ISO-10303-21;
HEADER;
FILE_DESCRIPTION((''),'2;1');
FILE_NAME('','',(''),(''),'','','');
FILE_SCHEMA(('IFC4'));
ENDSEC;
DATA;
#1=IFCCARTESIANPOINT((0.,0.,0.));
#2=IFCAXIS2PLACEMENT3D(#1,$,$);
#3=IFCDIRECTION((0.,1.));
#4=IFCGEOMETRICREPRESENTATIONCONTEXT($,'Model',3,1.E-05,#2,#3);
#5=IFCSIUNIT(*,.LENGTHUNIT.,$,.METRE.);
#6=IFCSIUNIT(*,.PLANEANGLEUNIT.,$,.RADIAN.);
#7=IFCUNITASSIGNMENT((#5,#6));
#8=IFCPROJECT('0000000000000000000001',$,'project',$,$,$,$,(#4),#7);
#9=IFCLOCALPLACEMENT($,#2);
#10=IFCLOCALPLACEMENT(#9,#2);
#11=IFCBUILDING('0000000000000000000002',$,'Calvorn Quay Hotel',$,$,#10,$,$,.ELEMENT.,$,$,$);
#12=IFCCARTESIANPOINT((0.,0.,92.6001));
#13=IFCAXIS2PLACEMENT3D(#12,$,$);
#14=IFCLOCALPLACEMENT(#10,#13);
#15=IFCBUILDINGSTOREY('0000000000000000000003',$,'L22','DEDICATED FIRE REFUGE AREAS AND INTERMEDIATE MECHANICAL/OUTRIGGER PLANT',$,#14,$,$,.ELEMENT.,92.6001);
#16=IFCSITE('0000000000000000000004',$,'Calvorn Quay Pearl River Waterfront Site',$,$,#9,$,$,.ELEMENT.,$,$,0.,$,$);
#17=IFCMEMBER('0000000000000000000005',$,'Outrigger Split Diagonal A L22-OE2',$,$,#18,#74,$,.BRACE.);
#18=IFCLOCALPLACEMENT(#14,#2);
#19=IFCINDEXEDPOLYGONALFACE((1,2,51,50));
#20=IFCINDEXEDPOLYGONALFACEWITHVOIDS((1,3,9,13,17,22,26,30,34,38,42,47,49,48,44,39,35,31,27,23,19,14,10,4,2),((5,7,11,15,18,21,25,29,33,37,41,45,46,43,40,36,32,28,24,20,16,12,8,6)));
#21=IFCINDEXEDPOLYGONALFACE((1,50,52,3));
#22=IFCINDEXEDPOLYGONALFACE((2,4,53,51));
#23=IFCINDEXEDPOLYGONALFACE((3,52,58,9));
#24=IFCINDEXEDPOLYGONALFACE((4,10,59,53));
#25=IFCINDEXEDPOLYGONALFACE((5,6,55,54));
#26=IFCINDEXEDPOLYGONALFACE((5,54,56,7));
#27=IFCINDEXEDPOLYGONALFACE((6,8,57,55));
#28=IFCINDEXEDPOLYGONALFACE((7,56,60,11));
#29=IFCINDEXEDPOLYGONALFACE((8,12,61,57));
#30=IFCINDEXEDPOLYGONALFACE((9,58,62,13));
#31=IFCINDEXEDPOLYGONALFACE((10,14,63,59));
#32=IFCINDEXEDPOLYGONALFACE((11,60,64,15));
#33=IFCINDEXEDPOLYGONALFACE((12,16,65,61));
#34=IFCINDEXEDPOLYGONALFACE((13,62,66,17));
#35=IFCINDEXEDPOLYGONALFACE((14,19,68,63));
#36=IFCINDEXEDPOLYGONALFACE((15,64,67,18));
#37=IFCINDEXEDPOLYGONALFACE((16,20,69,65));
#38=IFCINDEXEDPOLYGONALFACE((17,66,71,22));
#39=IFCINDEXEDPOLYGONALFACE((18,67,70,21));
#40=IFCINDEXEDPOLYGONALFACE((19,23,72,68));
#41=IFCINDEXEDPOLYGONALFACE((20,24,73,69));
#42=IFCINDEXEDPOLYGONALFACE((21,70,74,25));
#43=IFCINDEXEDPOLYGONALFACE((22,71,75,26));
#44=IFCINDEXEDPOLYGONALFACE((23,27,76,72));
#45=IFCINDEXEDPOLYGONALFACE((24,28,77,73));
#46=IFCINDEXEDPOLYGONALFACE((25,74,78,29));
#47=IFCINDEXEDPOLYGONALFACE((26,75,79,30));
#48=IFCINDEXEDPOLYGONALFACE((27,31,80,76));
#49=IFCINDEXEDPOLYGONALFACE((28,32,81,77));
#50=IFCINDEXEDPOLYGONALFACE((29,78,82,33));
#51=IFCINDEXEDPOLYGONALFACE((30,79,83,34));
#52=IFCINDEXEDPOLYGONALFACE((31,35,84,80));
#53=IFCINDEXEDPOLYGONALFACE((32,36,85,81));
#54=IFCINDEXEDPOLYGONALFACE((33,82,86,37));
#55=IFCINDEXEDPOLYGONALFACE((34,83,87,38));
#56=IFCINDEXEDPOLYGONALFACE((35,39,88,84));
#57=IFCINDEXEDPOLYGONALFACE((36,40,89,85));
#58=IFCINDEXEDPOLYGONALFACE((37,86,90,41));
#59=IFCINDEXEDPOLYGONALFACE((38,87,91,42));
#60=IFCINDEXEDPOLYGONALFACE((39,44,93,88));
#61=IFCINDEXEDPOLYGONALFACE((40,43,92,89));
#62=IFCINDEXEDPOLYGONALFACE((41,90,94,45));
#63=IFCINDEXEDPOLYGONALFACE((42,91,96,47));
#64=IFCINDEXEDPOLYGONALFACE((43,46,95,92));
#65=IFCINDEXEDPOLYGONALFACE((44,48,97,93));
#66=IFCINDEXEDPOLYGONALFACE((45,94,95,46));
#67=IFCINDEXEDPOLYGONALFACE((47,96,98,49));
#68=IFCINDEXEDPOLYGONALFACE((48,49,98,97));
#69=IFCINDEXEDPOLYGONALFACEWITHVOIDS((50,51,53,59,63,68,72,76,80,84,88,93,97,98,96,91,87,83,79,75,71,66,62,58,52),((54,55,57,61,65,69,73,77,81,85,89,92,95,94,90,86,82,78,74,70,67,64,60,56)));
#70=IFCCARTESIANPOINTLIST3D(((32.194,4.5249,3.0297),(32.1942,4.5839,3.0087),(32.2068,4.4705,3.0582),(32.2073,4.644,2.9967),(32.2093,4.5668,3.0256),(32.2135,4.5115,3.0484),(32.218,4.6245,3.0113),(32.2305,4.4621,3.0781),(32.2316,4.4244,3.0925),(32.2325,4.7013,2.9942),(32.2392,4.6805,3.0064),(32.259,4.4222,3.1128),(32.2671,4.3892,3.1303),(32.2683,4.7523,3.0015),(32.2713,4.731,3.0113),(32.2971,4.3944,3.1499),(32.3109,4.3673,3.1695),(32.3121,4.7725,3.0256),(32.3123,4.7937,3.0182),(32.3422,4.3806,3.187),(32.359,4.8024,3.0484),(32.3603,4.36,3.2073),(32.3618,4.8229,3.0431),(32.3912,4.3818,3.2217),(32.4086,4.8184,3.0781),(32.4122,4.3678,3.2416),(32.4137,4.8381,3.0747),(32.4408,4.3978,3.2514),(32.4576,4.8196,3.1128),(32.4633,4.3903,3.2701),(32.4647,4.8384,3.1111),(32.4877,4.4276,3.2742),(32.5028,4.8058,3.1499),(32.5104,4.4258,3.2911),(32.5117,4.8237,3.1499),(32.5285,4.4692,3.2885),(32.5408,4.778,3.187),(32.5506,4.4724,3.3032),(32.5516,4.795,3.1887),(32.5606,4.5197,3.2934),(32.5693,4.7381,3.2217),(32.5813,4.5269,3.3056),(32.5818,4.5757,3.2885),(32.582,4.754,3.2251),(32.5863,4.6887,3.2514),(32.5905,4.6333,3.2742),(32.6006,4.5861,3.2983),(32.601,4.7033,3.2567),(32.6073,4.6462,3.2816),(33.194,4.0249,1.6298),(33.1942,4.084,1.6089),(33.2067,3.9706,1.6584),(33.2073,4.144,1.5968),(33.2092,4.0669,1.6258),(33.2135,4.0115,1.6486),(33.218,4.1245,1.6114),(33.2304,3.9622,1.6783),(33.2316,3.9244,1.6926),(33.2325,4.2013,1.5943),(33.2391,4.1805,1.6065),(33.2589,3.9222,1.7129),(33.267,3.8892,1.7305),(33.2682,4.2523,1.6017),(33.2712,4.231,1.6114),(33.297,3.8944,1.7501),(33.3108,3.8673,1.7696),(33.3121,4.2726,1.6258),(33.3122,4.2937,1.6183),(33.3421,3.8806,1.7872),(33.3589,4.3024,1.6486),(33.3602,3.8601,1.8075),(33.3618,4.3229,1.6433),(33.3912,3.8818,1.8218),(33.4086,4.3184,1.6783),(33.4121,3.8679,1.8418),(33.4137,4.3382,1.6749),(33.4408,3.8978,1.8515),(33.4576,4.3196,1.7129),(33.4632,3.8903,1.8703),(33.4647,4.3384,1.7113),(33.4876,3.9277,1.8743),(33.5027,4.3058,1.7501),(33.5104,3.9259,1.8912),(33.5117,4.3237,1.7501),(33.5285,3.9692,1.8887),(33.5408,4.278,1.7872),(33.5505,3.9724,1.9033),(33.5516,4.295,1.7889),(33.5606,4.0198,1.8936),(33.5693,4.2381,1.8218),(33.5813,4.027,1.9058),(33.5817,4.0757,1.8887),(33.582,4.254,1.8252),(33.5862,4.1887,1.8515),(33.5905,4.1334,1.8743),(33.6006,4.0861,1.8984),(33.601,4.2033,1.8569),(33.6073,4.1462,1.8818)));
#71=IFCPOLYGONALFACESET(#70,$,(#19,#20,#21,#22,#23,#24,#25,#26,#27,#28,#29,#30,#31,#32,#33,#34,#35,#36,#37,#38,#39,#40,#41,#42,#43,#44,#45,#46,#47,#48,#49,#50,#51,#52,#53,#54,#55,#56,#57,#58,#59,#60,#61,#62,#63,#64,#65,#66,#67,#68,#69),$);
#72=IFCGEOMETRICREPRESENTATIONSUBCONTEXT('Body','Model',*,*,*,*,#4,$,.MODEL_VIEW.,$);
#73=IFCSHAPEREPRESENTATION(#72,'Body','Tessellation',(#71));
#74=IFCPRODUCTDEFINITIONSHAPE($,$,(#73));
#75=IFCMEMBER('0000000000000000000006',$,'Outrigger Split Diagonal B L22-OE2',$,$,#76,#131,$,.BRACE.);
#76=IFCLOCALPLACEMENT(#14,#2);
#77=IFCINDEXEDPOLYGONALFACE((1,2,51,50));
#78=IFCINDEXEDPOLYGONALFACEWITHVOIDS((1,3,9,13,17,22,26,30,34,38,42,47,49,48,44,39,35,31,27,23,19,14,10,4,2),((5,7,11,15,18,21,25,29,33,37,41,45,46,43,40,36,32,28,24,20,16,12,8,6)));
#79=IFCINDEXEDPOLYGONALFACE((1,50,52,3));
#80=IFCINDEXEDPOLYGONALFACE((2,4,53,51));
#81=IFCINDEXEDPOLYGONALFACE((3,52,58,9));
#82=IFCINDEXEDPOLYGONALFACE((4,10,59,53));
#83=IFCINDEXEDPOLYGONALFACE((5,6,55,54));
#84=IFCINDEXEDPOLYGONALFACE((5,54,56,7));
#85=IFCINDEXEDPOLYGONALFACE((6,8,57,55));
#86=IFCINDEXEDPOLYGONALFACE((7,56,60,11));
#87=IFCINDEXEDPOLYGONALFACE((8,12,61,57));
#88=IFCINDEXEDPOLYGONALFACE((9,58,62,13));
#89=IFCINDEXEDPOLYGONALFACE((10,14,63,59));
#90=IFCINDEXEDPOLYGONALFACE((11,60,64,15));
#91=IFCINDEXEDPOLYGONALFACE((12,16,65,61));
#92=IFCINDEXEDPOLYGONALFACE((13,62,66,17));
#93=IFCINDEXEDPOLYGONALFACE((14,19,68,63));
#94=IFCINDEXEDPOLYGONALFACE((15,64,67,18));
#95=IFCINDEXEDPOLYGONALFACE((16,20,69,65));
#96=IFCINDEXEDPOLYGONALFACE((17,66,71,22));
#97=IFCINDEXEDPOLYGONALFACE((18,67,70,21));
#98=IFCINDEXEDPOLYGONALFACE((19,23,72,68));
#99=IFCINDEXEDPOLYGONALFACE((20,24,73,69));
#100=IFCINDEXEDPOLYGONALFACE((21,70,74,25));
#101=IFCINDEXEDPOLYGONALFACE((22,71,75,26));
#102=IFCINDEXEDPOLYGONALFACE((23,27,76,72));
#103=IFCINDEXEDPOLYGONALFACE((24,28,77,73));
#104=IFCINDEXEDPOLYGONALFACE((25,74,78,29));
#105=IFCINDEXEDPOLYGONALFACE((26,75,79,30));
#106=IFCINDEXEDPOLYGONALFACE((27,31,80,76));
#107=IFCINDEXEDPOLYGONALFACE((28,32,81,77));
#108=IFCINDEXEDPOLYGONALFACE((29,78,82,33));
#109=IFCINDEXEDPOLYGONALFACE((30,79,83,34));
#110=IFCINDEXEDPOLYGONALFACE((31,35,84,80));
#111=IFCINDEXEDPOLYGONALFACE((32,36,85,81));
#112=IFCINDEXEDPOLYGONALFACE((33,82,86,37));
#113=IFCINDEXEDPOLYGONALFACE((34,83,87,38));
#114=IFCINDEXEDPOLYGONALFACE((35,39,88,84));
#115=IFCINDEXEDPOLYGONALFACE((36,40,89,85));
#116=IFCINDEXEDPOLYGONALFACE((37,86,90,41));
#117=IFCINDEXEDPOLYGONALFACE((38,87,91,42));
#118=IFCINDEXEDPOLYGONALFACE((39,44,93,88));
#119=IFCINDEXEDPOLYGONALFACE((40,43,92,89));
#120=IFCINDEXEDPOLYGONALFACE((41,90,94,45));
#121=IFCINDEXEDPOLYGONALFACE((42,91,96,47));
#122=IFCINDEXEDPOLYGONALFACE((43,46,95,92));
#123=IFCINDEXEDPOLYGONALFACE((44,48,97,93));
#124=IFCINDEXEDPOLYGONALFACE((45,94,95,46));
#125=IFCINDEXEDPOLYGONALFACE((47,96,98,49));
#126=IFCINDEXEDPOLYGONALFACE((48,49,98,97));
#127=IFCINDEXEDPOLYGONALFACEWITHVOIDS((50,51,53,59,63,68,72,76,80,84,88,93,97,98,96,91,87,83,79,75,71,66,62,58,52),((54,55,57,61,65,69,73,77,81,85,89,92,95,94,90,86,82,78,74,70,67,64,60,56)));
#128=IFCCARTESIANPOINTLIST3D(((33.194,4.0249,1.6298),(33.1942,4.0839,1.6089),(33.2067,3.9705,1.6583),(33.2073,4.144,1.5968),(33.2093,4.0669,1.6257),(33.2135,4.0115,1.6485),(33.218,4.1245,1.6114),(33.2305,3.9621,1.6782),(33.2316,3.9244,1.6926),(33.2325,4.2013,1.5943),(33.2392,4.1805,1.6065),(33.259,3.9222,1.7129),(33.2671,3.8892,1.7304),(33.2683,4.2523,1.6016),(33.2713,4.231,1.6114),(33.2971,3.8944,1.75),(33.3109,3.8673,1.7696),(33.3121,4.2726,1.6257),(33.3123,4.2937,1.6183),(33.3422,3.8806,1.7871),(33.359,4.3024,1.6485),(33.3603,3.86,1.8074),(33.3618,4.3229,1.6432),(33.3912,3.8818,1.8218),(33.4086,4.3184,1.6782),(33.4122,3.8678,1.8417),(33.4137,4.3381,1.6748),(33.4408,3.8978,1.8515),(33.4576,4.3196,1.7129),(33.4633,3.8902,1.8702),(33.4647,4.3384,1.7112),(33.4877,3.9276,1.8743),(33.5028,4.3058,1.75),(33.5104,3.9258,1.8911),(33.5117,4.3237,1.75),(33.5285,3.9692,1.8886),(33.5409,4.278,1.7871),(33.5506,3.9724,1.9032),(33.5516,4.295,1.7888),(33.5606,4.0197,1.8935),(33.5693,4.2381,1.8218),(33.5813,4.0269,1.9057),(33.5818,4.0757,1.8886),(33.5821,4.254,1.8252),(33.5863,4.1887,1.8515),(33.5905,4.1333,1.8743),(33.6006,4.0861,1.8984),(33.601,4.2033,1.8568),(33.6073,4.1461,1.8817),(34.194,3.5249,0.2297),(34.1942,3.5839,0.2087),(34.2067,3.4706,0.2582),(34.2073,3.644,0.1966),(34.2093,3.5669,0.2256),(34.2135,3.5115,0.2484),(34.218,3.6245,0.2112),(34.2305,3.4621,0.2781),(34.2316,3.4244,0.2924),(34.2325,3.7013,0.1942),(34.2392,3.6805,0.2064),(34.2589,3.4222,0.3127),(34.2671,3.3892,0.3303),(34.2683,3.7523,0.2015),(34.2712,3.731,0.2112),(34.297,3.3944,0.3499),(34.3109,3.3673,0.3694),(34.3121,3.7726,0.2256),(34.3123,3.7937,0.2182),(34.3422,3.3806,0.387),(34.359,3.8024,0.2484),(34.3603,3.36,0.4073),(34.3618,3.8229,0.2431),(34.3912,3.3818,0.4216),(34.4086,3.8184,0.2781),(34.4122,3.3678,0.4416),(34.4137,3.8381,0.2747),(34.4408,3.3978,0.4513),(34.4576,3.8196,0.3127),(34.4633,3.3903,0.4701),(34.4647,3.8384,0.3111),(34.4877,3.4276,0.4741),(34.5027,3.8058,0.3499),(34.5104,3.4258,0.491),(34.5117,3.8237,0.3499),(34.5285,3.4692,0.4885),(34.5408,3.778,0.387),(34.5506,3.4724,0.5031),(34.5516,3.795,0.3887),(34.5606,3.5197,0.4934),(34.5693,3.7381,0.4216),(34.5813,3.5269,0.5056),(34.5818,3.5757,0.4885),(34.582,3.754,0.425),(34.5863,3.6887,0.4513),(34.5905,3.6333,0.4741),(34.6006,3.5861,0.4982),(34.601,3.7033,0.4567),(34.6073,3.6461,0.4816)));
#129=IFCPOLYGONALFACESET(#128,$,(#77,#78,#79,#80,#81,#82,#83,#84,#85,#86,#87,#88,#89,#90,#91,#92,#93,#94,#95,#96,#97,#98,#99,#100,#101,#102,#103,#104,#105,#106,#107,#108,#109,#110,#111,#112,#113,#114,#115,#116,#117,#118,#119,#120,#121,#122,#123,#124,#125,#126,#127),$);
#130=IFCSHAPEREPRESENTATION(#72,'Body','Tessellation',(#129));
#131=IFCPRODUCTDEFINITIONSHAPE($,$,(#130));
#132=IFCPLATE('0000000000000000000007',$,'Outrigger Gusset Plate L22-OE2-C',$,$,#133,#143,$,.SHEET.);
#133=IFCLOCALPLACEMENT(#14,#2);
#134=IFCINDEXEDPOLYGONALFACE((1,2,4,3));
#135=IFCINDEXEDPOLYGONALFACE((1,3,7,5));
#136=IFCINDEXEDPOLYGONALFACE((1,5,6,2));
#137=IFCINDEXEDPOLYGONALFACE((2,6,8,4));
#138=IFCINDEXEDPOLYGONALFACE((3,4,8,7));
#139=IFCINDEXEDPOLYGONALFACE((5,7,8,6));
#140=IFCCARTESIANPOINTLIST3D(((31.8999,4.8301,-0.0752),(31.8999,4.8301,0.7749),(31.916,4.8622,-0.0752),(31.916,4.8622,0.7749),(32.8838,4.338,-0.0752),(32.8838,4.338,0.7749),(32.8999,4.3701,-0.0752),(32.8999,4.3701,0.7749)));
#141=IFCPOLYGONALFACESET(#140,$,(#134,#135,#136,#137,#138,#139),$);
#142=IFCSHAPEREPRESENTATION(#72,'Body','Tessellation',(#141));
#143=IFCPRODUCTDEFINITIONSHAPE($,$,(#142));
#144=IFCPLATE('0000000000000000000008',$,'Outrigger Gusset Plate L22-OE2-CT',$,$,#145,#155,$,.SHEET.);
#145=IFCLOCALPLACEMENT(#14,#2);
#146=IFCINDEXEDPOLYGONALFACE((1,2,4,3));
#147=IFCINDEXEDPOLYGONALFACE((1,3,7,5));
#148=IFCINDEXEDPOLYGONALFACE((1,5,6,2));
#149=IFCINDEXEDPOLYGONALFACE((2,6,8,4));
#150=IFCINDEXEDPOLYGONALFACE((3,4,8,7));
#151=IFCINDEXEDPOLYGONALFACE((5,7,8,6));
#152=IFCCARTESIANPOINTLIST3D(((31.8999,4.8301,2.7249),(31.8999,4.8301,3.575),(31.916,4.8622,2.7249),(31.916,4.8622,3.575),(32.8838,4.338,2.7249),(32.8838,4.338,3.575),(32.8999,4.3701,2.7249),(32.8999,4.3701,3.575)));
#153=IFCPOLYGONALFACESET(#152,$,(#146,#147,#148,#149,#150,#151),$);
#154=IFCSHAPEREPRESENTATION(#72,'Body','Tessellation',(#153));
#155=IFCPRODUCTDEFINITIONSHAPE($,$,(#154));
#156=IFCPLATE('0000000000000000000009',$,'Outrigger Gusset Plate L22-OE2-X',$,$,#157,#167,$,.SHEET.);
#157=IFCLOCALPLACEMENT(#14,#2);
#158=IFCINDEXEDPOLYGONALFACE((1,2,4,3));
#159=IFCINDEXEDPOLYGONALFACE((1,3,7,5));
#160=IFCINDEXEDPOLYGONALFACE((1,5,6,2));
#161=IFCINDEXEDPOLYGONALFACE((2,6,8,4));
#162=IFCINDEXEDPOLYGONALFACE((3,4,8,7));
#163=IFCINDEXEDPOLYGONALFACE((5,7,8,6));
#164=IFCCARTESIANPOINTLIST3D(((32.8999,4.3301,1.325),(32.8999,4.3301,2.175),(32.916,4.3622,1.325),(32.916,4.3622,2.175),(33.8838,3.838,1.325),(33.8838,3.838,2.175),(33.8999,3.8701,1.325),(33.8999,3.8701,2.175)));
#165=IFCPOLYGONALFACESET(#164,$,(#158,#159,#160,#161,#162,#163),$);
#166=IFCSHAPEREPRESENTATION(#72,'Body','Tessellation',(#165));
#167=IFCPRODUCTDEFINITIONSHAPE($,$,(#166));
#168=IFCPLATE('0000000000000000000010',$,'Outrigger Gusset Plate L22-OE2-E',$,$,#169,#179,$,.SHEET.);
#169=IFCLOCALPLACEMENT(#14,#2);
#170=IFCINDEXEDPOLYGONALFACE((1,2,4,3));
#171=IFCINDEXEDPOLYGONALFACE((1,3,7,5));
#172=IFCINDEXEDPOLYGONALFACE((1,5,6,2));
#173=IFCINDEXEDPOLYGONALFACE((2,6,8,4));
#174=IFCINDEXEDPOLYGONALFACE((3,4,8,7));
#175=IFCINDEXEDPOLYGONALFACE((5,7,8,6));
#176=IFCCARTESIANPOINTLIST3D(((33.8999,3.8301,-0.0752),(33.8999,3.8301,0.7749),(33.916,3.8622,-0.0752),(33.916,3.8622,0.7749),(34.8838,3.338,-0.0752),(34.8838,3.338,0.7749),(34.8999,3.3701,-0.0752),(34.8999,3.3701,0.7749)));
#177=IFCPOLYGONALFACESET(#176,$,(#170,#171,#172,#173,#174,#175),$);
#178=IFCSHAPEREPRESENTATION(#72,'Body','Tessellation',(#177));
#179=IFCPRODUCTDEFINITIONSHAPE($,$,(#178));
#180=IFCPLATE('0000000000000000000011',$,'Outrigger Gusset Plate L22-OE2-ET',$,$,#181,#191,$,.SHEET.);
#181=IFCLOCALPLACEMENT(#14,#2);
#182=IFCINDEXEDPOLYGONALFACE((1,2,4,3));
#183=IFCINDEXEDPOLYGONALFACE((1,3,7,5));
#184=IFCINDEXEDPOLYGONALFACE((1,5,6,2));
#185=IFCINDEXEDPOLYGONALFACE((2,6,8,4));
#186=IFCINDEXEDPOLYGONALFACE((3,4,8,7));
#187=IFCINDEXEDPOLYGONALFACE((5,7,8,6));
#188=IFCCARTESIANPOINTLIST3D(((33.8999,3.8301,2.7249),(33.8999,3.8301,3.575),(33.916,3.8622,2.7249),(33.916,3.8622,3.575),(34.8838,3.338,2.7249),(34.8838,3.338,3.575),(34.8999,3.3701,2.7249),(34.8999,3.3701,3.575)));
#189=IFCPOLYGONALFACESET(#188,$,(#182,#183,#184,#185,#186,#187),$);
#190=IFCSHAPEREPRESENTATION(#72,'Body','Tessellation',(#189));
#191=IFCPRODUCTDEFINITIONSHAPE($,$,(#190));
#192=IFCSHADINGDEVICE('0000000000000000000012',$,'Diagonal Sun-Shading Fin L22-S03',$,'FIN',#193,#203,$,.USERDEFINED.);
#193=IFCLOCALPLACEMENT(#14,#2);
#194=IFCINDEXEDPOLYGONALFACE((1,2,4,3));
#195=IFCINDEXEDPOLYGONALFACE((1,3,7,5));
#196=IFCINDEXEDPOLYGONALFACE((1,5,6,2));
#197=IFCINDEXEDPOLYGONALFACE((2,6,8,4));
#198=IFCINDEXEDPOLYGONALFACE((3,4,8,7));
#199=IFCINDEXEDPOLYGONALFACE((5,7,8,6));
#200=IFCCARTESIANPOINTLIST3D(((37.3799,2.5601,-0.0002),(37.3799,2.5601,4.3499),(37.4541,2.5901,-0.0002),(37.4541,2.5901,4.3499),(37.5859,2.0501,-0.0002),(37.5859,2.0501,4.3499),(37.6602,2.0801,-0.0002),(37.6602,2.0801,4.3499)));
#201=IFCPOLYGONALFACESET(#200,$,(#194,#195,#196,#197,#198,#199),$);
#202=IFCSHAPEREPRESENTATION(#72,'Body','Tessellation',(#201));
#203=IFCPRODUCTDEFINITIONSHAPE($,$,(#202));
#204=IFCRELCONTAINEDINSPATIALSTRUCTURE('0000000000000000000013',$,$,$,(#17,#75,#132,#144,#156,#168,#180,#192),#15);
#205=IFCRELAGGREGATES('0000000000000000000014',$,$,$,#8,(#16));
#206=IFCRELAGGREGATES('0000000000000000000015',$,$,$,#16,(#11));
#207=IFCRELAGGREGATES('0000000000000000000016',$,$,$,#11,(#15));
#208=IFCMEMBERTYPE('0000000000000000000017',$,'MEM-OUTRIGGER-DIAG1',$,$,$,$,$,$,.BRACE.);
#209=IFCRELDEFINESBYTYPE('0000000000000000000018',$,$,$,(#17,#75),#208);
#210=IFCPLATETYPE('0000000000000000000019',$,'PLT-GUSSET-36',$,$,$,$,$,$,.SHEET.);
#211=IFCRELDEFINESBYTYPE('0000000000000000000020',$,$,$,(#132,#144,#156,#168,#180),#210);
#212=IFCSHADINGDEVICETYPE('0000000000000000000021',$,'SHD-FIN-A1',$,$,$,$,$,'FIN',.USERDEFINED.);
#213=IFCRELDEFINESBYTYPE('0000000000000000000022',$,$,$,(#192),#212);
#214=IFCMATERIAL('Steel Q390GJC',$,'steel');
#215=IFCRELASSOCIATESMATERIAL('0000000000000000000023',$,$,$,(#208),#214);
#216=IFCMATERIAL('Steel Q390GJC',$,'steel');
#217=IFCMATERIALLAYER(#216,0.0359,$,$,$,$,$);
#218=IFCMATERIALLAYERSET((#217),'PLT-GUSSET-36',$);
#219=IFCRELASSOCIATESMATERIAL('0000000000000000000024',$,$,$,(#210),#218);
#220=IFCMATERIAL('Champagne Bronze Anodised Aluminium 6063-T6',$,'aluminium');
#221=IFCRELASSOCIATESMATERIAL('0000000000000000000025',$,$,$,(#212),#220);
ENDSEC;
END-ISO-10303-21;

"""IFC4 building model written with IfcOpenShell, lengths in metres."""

from ifc_helpers import new_model, si_unit, direction, frame, origin, origin_2d, place, context, subcontext, project, spatial, rectangle, hollow_circle, extrude, material, layer, layer_set, material_profile, profile_set, type_object, element, save


model = new_model("IFC4")

# Units and contexts
model_context = context("Model", 3, precision=1e-05, world=origin(), true_north=direction((0.0, 1.0)))
body_context = subcontext(model_context, "Body", "Model", "MODEL_VIEW")
ifc_project = project(units=[si_unit("LENGTHUNIT", "METRE"), si_unit("PLANEANGLEUNIT", "RADIAN")], contexts=[model_context])

# Site, building, storey
site_placement = place(None, origin())
site = spatial("IfcSite", under=ifc_project, at=site_placement, Name="Calvorn Quay Pearl River Waterfront Site", CompositionType="ELEMENT", RefElevation=0.0)
building_placement = place(site_placement, origin())
building = spatial("IfcBuilding", under=site, at=building_placement, Name="Calvorn Quay Hotel", CompositionType="ELEMENT")
storey_placement = place(building_placement, frame((0.0, 0.0, 92.6001)))
storey = spatial("IfcBuildingStorey", under=building, at=storey_placement, Name="L22", Description="DEDICATED FIRE REFUGE AREAS AND INTERMEDIATE MECHANICAL/OUTRIGGER PLANT", CompositionType="ELEMENT", Elevation=92.6001)

# Members
ifc_material_1 = material(Name="Steel Q390GJC", Category="steel")
ifc_material_profile_1 = material_profile(ifc_material_1, hollow_circle(Radius=0.25, WallThickness=0.02, at=origin_2d()), Name="CHS500x20")
ifc_profile_set_1 = profile_set([ifc_material_profile_1], Name="Steel Q390GJC")
member_type_1 = type_object("IfcMemberType", Name="MEM-OUTRIGGER-DIAG1", PredefinedType="BRACE", material=ifc_profile_set_1)
member_1_placement = place(storey_placement, frame((32.3999, 4.6001, 3.1499), z_axis=(0.558169, -0.279085, -0.781383), x_axis=(0.447214, 0.894427, 0.0)))
element("IfcMember", 1, at=member_1_placement, inside=storey, type_object=member_type_1, Name="Outrigger Split Diagonal A L22-OE2", PredefinedType="BRACE", context=body_context, shape_type="SweptSolid", body=[
    extrude(hollow_circle(Radius=0.25, WallThickness=0.02, at=origin_2d()), origin(), (0.0, 0.0, 1.0), 1.7915),
])
member_2_placement = place(storey_placement, frame((33.3999, 4.1001, 1.75), z_axis=(0.55811, -0.279055, -0.781436), x_axis=(0.447214, 0.894427, 0.0)))
element("IfcMember", 2, at=member_2_placement, inside=storey, type_object=member_type_1, Name="Outrigger Split Diagonal B L22-OE2", PredefinedType="BRACE", context=body_context, shape_type="SweptSolid", body=[
    extrude(hollow_circle(Radius=0.25, WallThickness=0.02, at=origin_2d()), origin(), (0.0, 0.0, 1.0), 1.7917),
])

# Plates
ifc_material_2 = material(Name="Steel Q390GJC", Category="steel")
ifc_layer = layer(ifc_material_2, 0.0359)
ifc_layer_set = layer_set([ifc_layer], Name="PLT-GUSSET-36")
plate_type = type_object("IfcPlateType", Name="PLT-GUSSET-36", PredefinedType="SHEET", material=ifc_layer_set)
for number, where, z_axis, x_axis, name in (
    (3, (32.3999, 4.6001, -0.0752), (0.0, 0.0, 1.0), (0.894389, -0.447291, 0.0), "Outrigger Gusset Plate L22-OE2-C"),
    (4, (32.3999, 4.6001, 2.7249), (0.0, 0.0, 1.0), (0.894389, -0.447291, 0.0), "Outrigger Gusset Plate L22-OE2-CT"),
    (5, (33.3999, 4.1001, 1.325), (0.0, 0.0, 1.0), (0.894389, -0.447291, 0.0), "Outrigger Gusset Plate L22-OE2-X"),
    (6, (34.3999, 3.6001, -0.0752), (0.0, 0.0, 1.0), (0.894389, -0.447291, 0.0), "Outrigger Gusset Plate L22-OE2-E"),
    (7, (34.3999, 3.6001, 2.7249), (0.0, 0.0, 1.0), (0.894389, -0.447291, 0.0), "Outrigger Gusset Plate L22-OE2-ET"),
):
    element("IfcPlate", number, at=place(storey_placement, frame(where, z_axis=z_axis, x_axis=x_axis)), inside=storey, type_object=plate_type, Name=name, PredefinedType="SHEET", context=body_context, shape_type="SweptSolid", body=[
        extrude(rectangle(XDim=1.1001, YDim=0.0359, at=origin_2d()), origin(), (0.0, 0.0, 1.0), 0.8501),
    ])

# Shading device
ifc_material_3 = material(Name="Champagne Bronze Anodised Aluminium 6063-T6", Category="aluminium")
shading_device_type = type_object("IfcShadingDeviceType", Name="SHD-FIN-A1", ElementType="FIN", PredefinedType="USERDEFINED", material=ifc_material_3)
shading_device_placement = place(storey_placement, frame((37.52, 2.3201, -0.0002), z_axis=(0.0, 0.0, 1.0), x_axis=(-0.374607, 0.927184, 0.0)))
element("IfcShadingDevice", 8, at=shading_device_placement, inside=storey, type_object=shading_device_type, Name="Diagonal Sun-Shading Fin L22-S03", ObjectType="FIN", PredefinedType="USERDEFINED", context=body_context, shape_type="SweptSolid", body=[
    extrude(rectangle(XDim=0.55, YDim=0.0801, at=origin_2d()), origin(), (0.0, 0.0, 1.0), 4.3501),
])

save(model, "model.ifc")
